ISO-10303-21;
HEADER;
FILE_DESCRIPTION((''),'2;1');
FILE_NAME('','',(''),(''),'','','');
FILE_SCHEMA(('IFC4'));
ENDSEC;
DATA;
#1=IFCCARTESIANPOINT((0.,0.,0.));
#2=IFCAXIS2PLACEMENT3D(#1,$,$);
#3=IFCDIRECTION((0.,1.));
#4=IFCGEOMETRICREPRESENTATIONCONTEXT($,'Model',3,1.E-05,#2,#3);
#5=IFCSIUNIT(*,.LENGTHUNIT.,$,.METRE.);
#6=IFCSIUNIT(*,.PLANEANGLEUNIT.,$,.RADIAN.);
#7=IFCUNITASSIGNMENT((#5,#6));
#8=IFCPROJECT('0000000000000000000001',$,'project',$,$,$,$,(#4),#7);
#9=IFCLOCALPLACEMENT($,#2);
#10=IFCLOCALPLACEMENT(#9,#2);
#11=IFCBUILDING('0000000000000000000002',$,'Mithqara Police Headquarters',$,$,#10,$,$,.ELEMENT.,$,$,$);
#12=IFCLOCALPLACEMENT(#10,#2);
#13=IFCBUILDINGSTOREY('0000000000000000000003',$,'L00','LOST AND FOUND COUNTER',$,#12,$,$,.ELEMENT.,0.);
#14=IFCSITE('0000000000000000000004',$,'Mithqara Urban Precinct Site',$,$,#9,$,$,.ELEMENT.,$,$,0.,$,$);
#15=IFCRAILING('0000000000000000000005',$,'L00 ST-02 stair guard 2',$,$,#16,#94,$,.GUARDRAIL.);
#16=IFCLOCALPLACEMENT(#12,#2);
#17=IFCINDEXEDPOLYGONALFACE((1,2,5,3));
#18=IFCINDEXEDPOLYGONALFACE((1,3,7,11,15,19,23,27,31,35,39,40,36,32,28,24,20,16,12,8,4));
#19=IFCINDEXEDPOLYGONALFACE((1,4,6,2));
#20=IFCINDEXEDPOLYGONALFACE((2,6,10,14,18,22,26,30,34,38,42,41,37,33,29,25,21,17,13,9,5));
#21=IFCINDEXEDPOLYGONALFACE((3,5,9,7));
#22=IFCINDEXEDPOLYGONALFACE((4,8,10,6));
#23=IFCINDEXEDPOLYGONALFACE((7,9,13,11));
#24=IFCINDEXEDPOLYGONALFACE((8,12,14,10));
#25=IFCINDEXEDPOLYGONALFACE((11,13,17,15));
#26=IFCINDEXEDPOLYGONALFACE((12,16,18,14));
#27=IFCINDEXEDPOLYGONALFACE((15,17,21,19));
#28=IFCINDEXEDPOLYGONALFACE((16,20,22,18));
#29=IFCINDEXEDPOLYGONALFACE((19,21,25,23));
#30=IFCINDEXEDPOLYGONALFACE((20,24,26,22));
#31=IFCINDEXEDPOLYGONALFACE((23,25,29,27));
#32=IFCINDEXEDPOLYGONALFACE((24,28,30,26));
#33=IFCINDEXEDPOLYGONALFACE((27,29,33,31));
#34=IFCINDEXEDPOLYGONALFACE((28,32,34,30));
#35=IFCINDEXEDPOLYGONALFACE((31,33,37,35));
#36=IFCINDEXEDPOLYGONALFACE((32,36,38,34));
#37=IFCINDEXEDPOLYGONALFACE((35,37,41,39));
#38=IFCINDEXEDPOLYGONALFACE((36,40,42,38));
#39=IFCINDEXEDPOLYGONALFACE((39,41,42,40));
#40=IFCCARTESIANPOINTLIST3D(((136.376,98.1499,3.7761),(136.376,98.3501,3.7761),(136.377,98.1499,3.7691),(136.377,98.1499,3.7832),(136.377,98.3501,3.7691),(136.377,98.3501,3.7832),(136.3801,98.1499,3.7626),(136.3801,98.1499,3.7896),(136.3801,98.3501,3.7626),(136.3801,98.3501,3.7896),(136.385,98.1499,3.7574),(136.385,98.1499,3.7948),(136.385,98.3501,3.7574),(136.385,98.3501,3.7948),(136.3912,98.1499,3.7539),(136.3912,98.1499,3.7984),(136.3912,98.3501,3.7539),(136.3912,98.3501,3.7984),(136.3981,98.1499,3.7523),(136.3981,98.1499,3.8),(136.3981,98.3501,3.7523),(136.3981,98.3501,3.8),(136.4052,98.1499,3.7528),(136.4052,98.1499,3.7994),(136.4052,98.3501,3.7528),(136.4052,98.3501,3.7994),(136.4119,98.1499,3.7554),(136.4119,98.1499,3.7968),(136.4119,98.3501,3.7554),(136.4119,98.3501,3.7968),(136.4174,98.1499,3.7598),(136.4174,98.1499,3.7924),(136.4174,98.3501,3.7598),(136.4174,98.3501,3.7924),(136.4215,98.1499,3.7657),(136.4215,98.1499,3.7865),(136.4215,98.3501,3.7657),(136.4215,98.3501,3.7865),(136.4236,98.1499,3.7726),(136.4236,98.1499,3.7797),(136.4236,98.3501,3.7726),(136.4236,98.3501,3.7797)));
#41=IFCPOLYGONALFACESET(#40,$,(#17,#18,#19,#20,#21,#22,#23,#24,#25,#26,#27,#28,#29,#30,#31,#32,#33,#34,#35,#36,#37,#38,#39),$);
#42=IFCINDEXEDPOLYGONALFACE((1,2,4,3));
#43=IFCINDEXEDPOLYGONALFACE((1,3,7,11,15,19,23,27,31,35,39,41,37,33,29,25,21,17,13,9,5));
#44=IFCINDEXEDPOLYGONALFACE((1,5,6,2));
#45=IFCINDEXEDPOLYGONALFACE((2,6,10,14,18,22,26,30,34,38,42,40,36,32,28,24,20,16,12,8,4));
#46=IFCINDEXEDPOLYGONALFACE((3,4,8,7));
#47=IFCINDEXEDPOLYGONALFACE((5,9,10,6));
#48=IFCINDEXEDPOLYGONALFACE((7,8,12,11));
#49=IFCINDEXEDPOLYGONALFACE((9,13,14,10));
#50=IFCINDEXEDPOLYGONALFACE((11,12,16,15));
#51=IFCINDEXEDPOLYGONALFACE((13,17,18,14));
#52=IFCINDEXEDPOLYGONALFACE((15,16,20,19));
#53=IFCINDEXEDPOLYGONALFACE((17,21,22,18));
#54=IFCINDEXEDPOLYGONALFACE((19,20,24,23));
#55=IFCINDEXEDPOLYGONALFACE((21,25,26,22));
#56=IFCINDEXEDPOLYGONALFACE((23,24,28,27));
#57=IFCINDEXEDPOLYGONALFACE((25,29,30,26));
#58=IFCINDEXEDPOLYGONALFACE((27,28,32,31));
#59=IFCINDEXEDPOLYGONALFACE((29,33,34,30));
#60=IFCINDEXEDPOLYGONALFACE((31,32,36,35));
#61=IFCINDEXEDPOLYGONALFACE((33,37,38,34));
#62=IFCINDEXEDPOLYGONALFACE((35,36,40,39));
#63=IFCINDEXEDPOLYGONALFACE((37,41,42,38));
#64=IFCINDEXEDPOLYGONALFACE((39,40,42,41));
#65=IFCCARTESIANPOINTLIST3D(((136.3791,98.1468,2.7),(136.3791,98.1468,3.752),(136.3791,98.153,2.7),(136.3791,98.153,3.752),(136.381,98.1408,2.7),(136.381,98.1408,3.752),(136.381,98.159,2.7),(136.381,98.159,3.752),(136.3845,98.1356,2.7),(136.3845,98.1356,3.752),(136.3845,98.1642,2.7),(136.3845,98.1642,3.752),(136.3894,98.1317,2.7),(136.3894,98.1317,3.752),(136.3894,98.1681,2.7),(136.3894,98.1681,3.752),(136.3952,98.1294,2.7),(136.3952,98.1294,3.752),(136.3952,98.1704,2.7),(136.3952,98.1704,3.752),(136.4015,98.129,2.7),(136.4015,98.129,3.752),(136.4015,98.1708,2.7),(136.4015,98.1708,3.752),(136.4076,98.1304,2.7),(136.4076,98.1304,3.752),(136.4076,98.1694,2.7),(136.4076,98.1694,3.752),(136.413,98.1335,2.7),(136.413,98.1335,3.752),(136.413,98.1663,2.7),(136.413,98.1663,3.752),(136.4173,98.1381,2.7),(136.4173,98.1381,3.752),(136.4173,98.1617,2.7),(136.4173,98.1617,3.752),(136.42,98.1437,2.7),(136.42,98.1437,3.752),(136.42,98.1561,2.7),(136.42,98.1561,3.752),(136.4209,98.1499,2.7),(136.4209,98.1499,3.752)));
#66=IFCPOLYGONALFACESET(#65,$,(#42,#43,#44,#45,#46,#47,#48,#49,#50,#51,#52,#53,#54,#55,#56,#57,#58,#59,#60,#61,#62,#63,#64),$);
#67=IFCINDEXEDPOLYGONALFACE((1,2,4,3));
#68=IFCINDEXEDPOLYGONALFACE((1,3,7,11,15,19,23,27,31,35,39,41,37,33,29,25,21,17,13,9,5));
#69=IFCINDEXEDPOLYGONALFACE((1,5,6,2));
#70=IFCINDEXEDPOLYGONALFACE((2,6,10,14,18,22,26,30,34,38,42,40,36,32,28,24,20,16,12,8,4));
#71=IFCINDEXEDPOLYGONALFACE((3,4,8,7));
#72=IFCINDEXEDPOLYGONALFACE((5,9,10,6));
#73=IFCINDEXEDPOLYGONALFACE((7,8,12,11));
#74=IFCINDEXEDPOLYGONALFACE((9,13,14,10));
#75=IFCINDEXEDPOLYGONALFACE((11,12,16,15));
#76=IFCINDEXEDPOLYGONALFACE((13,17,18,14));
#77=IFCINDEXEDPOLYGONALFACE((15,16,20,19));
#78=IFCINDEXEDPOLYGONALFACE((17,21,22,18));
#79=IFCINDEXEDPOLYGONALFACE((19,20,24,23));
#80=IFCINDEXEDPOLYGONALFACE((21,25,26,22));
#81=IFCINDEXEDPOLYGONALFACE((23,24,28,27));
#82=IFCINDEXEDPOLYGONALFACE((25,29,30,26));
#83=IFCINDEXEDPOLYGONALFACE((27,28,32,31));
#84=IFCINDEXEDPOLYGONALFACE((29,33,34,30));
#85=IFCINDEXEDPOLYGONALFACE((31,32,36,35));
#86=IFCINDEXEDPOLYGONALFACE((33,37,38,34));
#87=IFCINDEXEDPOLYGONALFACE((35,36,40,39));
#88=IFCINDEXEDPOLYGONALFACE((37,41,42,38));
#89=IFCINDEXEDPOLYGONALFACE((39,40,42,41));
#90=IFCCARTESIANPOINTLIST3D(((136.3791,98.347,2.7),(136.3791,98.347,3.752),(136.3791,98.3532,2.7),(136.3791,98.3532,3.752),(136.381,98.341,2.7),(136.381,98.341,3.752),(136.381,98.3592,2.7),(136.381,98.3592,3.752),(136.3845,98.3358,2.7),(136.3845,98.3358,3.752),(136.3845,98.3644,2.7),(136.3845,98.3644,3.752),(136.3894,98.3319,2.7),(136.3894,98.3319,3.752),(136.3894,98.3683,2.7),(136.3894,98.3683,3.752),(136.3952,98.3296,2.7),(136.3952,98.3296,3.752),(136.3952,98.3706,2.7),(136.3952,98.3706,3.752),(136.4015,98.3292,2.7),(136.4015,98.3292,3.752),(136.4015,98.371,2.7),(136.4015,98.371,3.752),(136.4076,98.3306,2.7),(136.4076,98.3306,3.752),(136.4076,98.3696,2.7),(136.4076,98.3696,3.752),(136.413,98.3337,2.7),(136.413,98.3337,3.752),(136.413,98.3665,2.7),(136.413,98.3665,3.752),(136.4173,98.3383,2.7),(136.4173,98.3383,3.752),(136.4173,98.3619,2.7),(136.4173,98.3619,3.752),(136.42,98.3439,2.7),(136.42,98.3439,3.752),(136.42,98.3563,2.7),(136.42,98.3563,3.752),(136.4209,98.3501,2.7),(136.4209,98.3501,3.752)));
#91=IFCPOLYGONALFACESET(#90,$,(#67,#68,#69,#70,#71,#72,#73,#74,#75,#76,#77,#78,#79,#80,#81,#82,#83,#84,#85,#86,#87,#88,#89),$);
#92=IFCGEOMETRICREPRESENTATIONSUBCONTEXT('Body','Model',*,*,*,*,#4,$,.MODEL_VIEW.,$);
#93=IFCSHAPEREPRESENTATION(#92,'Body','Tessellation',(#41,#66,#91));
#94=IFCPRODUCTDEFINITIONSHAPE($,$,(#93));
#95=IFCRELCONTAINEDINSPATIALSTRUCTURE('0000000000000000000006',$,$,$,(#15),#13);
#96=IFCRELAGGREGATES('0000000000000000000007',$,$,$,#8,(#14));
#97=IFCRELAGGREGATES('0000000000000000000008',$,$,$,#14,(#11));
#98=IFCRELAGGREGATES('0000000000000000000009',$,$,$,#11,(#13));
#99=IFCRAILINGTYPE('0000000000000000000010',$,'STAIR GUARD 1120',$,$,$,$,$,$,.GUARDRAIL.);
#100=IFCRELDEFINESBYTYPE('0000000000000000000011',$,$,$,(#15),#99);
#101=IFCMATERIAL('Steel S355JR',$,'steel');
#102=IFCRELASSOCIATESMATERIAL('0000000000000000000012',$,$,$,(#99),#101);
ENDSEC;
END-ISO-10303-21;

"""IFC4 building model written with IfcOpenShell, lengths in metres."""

from ifc_helpers import new_model, si_unit, direction, frame, origin, origin_2d, place, context, subcontext, project, spatial, circle, extrude, material, type_object, element, save


model = new_model("IFC4")

# Units and contexts
model_context = context("Model", 3, precision=1e-05, world=origin(), true_north=direction((0.0, 1.0)))
body_context = subcontext(model_context, "Body", "Model", "MODEL_VIEW")
ifc_project = project(units=[si_unit("LENGTHUNIT", "METRE"), si_unit("PLANEANGLEUNIT", "RADIAN")], contexts=[model_context])

# Site, building, storey
site_placement = place(None, origin())
site = spatial("IfcSite", under=ifc_project, at=site_placement, Name="Mithqara Urban Precinct Site", CompositionType="ELEMENT", RefElevation=0.0)
building_placement = place(site_placement, origin())
building = spatial("IfcBuilding", under=site, at=building_placement, Name="Mithqara Police Headquarters", CompositionType="ELEMENT")
storey_placement = place(building_placement, origin())
storey = spatial("IfcBuildingStorey", under=building, at=storey_placement, Name="L00", Description="LOST AND FOUND COUNTER", CompositionType="ELEMENT", Elevation=0.0)

# Shared definitions
ifc_material_1 = material(Name="Steel S355JR", Category="steel")

# Railing
railing_type_1 = type_object("IfcRailingType", Name="STAIR GUARD 1120", PredefinedType="GUARDRAIL", material=ifc_material_1)
railing_1_placement = place(storey_placement, frame((136.3999, 98.1499, 2.7)))
element("IfcRailing", 1, at=railing_1_placement, inside=storey, type_object=railing_type_1, Name="L00 ST-02 stair guard 2", PredefinedType="GUARDRAIL", context=body_context, shape_type="SweptSolid", body=[
    extrude(circle(Radius=0.0239, at=origin_2d()), frame((0.0, 0.0, 1.0762), z_axis=(0.0, 1.0, 0.0), x_axis=(-1.0, 0.0, 0.0)), (0.0, 0.0, 1.0), 0.2002),
    extrude(circle(Radius=0.021, at=origin_2d()), origin(), (0.0, 0.0, 1.0), 1.052),
    extrude(circle(Radius=0.021, at=origin_2d()), frame((0.0, 0.2002, 0.0)), (0.0, 0.0, 1.0), 1.052),
])

save(model, "model.ifc")
